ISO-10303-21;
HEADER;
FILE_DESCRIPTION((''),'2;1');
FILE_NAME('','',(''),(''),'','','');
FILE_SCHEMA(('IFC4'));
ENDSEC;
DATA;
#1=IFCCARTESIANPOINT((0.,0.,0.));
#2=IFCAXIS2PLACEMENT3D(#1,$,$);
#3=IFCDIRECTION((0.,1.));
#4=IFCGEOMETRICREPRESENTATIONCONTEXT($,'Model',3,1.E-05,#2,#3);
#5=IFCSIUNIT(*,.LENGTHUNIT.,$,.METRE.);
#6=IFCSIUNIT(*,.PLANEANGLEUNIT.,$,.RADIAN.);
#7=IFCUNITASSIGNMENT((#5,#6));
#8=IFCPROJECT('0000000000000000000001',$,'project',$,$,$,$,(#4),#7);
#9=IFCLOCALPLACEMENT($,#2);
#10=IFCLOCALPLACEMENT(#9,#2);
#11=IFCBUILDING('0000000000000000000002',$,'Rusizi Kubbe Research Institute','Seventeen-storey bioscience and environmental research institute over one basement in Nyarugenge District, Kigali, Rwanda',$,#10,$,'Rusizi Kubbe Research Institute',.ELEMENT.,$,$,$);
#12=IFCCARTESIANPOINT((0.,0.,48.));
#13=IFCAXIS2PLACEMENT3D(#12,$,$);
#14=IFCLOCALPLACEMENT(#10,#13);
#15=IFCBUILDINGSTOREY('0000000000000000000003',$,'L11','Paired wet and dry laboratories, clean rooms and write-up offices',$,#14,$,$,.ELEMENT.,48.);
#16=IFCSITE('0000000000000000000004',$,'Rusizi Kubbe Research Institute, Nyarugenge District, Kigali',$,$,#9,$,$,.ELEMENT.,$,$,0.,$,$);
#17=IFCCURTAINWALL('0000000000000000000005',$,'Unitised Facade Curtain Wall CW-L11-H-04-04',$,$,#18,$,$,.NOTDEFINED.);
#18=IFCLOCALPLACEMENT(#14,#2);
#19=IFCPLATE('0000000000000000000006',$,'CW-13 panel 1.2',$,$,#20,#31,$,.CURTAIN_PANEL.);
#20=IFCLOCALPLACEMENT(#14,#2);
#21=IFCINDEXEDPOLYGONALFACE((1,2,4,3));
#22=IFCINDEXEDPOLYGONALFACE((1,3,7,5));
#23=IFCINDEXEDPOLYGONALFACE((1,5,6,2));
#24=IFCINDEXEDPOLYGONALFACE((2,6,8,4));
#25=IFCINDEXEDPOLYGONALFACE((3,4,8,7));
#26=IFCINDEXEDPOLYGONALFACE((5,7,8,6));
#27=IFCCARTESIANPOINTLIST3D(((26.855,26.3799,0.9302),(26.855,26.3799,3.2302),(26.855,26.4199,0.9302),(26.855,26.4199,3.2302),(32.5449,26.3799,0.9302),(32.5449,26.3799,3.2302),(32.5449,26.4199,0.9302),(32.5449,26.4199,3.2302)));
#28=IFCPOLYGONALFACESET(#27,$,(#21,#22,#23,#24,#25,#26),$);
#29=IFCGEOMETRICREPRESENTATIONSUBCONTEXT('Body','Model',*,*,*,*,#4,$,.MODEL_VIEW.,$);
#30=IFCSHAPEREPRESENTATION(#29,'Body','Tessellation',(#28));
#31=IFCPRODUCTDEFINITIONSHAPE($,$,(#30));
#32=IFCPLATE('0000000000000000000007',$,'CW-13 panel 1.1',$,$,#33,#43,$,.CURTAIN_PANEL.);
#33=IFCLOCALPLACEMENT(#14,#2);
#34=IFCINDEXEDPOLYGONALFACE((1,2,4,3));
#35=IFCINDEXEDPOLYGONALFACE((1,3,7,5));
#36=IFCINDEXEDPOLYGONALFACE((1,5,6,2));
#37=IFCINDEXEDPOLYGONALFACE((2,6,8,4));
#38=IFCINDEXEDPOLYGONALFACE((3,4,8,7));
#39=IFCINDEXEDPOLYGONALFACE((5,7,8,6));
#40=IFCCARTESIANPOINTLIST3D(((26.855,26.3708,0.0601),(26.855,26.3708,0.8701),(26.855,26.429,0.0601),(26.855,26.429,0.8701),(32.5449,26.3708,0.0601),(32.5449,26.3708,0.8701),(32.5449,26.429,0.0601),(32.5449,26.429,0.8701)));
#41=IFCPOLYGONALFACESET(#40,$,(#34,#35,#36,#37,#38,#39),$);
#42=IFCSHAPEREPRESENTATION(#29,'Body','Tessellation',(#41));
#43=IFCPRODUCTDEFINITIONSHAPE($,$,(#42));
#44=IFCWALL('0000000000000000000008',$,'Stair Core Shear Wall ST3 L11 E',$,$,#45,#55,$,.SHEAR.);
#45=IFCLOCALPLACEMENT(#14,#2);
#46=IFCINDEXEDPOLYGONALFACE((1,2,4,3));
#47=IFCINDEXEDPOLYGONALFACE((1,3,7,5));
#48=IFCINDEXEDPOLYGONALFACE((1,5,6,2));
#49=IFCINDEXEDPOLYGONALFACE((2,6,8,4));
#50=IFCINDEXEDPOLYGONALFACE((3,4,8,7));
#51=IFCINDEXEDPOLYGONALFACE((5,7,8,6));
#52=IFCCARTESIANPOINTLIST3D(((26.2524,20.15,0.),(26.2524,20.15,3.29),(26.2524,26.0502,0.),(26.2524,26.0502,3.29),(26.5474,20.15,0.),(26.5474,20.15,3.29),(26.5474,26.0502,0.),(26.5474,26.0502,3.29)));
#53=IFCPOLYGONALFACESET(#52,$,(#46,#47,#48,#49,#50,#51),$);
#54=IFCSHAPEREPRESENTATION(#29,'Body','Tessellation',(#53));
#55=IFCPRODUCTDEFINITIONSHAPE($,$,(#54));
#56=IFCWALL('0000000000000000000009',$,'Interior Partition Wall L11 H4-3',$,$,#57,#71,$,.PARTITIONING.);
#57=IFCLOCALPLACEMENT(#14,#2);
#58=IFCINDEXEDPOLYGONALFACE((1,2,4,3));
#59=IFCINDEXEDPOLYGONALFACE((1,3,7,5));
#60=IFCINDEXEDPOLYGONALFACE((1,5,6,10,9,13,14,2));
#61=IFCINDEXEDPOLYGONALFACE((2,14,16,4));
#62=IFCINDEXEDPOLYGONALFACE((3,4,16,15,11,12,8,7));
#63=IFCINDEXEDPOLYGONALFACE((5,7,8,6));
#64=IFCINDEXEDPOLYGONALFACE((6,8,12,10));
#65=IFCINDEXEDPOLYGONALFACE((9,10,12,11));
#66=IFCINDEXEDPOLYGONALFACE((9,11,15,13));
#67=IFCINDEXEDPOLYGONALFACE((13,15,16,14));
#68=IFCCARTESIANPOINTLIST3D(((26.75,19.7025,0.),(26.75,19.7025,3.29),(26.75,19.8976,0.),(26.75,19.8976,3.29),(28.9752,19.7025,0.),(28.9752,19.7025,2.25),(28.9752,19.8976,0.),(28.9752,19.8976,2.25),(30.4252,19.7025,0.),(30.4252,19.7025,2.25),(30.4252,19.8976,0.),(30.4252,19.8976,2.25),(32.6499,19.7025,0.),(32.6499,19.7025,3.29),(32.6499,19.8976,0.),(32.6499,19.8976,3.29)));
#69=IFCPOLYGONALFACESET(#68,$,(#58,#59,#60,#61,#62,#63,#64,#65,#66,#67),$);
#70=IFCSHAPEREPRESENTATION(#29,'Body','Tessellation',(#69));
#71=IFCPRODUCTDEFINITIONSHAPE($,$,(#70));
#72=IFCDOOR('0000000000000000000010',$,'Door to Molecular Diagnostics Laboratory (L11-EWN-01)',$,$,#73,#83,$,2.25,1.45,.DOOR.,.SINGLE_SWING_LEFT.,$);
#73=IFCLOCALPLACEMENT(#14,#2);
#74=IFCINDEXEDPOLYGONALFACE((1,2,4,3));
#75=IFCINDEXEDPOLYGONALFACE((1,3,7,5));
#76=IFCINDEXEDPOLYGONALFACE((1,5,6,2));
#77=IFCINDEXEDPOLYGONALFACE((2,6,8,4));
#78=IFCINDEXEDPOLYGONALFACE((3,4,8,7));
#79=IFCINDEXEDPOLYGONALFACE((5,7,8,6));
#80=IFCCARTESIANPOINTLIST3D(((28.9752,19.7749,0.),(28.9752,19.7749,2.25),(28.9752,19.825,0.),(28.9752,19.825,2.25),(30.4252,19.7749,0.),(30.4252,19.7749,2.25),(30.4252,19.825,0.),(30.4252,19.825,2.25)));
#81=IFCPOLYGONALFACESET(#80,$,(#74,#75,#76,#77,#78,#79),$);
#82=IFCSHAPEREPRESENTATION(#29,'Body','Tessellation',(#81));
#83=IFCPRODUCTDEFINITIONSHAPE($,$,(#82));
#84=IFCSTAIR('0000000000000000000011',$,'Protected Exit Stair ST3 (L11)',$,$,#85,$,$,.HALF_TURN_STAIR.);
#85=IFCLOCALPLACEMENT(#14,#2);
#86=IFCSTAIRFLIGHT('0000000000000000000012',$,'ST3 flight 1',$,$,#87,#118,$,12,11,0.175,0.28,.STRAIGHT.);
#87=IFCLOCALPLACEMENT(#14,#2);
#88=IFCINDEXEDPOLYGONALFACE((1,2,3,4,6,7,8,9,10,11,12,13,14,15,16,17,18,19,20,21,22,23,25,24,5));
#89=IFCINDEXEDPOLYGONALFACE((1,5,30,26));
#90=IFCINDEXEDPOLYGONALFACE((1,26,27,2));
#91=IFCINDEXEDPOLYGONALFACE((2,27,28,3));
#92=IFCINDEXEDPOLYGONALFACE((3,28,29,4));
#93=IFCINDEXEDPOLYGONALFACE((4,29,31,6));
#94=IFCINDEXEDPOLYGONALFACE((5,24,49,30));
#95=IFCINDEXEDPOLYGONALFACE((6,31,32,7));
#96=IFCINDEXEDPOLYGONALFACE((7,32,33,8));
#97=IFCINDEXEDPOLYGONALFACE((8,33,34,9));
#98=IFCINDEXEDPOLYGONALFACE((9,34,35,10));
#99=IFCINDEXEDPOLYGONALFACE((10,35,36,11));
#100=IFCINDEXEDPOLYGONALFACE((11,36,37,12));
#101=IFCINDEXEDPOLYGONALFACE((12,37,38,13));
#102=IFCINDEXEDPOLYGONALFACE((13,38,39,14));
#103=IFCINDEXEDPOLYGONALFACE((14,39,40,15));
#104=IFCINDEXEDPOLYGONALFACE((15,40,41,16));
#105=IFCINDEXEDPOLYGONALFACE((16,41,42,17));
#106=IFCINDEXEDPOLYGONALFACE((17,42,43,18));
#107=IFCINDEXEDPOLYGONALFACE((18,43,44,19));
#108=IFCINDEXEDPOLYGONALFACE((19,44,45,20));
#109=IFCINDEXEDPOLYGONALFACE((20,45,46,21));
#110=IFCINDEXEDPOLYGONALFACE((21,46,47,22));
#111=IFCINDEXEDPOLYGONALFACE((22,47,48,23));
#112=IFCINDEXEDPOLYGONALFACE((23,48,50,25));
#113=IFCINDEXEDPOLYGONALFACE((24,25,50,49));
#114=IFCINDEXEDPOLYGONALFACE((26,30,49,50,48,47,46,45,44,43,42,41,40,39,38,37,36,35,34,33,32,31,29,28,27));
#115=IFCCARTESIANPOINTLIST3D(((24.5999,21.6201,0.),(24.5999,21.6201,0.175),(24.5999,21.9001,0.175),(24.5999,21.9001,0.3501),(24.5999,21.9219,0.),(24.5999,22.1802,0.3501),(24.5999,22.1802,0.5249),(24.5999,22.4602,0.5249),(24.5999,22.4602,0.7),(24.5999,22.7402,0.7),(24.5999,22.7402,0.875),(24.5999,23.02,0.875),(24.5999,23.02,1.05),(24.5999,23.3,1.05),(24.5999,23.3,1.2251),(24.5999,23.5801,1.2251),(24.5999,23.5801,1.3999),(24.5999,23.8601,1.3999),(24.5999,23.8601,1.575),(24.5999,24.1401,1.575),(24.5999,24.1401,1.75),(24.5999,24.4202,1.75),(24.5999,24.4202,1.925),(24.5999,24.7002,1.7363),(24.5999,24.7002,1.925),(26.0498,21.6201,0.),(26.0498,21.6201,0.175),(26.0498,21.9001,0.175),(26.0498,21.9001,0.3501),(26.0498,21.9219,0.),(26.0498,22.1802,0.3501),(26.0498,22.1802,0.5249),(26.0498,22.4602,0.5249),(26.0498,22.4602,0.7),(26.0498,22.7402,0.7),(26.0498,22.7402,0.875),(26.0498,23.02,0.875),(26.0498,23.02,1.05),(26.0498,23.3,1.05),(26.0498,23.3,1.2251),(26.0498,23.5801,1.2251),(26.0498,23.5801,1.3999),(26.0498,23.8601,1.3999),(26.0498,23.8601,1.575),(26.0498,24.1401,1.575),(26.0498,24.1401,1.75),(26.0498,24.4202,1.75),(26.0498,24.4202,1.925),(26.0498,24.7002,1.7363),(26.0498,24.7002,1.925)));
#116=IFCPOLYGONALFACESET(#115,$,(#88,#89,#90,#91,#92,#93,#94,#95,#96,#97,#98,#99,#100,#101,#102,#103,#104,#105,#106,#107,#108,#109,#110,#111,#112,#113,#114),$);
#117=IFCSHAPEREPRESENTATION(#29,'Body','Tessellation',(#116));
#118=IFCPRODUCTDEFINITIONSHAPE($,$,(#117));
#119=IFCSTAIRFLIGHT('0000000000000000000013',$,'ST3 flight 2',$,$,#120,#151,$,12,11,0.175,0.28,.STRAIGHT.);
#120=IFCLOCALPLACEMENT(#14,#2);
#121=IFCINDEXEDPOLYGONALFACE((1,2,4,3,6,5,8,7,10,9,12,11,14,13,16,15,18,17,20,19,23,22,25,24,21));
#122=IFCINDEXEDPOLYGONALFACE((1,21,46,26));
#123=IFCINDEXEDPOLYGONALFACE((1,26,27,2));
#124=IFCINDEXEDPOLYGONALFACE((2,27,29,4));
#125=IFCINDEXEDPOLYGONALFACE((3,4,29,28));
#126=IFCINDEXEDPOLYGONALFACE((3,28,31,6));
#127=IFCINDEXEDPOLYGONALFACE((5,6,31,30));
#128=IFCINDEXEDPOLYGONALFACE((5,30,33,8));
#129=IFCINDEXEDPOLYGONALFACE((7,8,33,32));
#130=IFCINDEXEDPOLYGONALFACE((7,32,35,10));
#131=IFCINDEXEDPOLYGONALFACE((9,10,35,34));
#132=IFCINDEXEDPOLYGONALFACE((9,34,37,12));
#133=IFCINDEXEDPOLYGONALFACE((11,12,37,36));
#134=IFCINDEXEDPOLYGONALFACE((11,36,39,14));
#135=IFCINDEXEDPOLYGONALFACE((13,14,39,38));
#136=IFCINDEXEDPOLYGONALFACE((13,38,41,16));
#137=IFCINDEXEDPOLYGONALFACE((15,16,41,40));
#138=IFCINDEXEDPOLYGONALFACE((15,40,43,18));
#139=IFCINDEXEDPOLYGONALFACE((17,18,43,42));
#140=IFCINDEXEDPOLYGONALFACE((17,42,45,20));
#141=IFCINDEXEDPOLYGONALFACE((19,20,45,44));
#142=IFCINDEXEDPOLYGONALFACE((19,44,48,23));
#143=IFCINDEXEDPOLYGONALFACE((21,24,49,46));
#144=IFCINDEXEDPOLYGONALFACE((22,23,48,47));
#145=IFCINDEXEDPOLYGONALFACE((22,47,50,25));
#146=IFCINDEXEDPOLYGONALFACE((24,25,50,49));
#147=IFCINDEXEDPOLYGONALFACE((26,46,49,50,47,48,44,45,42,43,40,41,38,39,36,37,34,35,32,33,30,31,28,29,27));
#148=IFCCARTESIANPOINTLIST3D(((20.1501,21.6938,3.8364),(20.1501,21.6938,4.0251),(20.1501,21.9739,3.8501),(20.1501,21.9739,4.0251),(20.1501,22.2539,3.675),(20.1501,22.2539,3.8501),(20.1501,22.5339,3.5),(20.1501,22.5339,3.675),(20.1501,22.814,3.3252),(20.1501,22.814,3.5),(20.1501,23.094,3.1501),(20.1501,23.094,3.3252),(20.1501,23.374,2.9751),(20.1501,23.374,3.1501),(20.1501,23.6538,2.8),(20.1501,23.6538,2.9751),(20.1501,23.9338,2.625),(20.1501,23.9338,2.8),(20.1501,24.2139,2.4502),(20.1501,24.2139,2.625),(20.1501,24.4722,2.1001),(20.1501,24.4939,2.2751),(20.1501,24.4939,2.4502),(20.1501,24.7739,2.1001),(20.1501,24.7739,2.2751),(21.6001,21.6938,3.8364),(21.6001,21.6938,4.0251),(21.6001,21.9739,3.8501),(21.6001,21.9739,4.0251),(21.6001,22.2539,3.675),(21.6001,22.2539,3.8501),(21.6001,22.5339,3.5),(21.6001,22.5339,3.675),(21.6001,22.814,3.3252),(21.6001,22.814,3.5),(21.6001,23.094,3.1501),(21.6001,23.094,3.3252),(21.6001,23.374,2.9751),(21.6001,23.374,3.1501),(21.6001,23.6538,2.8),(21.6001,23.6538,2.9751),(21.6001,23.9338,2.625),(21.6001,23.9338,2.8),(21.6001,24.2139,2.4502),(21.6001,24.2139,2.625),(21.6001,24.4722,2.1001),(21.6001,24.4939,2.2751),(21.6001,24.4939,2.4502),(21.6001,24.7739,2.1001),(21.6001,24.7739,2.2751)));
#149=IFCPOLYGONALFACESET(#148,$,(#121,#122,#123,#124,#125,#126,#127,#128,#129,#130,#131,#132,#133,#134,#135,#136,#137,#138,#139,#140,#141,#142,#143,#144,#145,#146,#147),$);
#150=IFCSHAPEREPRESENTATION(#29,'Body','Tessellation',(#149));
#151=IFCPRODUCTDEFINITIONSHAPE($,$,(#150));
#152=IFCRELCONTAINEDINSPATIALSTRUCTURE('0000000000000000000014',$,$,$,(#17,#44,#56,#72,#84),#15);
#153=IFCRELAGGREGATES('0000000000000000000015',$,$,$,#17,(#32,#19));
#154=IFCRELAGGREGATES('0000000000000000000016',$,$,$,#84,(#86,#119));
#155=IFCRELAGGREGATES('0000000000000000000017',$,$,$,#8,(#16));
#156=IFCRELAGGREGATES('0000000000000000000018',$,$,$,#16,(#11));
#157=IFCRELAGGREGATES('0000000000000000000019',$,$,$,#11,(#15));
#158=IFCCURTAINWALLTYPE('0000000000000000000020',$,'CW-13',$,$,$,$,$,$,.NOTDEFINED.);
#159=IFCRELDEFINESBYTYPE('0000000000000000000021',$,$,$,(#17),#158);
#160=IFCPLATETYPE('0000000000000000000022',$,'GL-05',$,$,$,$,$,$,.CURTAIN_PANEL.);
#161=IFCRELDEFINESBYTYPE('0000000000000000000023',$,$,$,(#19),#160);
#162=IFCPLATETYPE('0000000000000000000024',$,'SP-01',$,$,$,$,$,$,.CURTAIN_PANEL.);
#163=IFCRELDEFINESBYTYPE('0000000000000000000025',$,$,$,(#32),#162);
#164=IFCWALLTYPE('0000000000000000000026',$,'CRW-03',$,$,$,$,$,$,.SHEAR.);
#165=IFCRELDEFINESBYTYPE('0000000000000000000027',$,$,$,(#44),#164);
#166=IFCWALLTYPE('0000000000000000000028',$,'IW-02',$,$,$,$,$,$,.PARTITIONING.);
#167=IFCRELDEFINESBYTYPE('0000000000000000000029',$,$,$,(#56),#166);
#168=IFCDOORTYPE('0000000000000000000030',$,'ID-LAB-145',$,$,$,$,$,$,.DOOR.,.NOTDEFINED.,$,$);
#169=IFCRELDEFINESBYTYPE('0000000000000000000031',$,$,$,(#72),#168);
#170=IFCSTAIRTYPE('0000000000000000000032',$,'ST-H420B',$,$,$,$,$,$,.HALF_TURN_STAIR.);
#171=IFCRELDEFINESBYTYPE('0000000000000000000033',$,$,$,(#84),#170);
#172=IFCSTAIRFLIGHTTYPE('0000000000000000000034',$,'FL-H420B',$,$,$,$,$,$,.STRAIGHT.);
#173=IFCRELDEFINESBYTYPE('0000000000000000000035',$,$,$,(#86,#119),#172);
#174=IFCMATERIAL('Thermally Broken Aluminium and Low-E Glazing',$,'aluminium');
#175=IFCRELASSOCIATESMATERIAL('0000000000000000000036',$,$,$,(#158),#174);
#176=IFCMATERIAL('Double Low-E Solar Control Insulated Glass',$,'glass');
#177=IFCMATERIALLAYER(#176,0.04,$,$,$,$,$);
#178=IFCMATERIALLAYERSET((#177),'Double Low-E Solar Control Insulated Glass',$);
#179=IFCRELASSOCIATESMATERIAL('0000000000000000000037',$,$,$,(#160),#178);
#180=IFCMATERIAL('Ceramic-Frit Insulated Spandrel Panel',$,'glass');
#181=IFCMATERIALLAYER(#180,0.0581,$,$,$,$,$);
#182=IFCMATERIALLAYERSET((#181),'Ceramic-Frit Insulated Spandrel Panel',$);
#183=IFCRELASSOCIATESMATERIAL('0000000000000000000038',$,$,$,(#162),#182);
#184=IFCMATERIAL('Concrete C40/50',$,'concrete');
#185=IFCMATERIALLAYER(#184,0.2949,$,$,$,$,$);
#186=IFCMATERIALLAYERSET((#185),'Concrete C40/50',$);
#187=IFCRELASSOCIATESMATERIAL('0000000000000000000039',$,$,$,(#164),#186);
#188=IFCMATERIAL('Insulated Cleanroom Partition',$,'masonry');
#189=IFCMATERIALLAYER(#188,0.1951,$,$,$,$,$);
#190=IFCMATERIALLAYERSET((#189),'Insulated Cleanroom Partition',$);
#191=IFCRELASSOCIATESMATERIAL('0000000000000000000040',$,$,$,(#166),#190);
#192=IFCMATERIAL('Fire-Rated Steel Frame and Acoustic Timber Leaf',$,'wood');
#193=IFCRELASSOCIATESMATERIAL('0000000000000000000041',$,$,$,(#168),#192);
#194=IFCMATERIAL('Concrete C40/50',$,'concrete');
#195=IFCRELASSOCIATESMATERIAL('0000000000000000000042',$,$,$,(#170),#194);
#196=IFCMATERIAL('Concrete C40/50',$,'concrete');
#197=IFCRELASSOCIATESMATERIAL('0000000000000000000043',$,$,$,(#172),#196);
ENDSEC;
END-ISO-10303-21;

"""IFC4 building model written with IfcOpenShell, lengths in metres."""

from ifc_helpers import new_model, si_unit, direction, frame, frame_2d, origin, origin_2d, place, context, subcontext, project, spatial, polyline, rectangle, outline, extrude, material, layer, layer_set, type_object, element, fill, aggregate, save


model = new_model("IFC4")

# Units and contexts
model_context = context("Model", 3, precision=1e-05, world=origin(), true_north=direction((0.0, 1.0)))
body_context = subcontext(model_context, "Body", "Model", "MODEL_VIEW")
ifc_project = project(units=[si_unit("LENGTHUNIT", "METRE"), si_unit("PLANEANGLEUNIT", "RADIAN")], contexts=[model_context])

# Site, building, storey
site_placement = place(None, origin())
site = spatial("IfcSite", under=ifc_project, at=site_placement, Name="Rusizi Kubbe Research Institute, Nyarugenge District, Kigali", CompositionType="ELEMENT", RefElevation=0.0)
building_placement = place(site_placement, origin())
building = spatial("IfcBuilding", under=site, at=building_placement, Name="Rusizi Kubbe Research Institute", Description="Seventeen-storey bioscience and environmental research institute over one basement in Nyarugenge District, Kigali, Rwanda", LongName="Rusizi Kubbe Research Institute", CompositionType="ELEMENT")
storey_placement = place(building_placement, frame((0.0, 0.0, 48.0)))
storey = spatial("IfcBuildingStorey", under=building, at=storey_placement, Name="L11", Description="Paired wet and dry laboratories, clean rooms and write-up offices", CompositionType="ELEMENT", Elevation=48.0)

# Curtain wall, plates
ifc_material_1 = material(Name="Thermally Broken Aluminium and Low-E Glazing", Category="aluminium")
curtain_wall_type = type_object("IfcCurtainWallType", Name="CW-13", PredefinedType="NOTDEFINED", material=ifc_material_1)
curtain_wall_placement = place(storey_placement, origin())
curtain_wall = element("IfcCurtainWall", 1, at=curtain_wall_placement, inside=storey, type_object=curtain_wall_type, Name="Unitised Facade Curtain Wall CW-L11-H-04-04", PredefinedType="NOTDEFINED")
ifc_material_2 = material(Name="Double Low-E Solar Control Insulated Glass", Category="glass")
ifc_layer_1 = layer(ifc_material_2, 0.04)
ifc_layer_set_1 = layer_set([ifc_layer_1], Name="Double Low-E Solar Control Insulated Glass")
plate_type_1 = type_object("IfcPlateType", Name="GL-05", PredefinedType="CURTAIN_PANEL", material=ifc_layer_set_1)
plate_1_placement = place(storey_placement, frame((29.7, 26.3999, 0.9302), z_axis=(0.0, 0.0, 1.0), x_axis=(1.0, 0.0, 0.0)))
plate_1 = element("IfcPlate", 2, at=plate_1_placement, type_object=plate_type_1, Name="CW-13 panel 1.2", PredefinedType="CURTAIN_PANEL", context=body_context, shape_type="SweptSolid", body=[
    extrude(rectangle(XDim=5.6899, YDim=0.04, at=origin_2d()), origin(), (0.0, 0.0, 1.0), 2.3),
])
ifc_material_3 = material(Name="Ceramic-Frit Insulated Spandrel Panel", Category="glass")
ifc_layer_2 = layer(ifc_material_3, 0.0581)
ifc_layer_set_2 = layer_set([ifc_layer_2], Name="Ceramic-Frit Insulated Spandrel Panel")
plate_type_2 = type_object("IfcPlateType", Name="SP-01", PredefinedType="CURTAIN_PANEL", material=ifc_layer_set_2)
plate_2_placement = place(storey_placement, frame((29.7, 26.3999, 0.0601), z_axis=(0.0, 0.0, 1.0), x_axis=(1.0, 0.0, 0.0)))
plate_2 = element("IfcPlate", 3, at=plate_2_placement, type_object=plate_type_2, Name="CW-13 panel 1.1", PredefinedType="CURTAIN_PANEL", context=body_context, shape_type="SweptSolid", body=[
    extrude(rectangle(XDim=5.6899, YDim=0.0581, at=origin_2d()), origin(), (0.0, 0.0, 1.0), 0.8101),
])
aggregate(curtain_wall, [plate_2, plate_1])

# Shared definitions
ifc_material_4 = material(Name="Concrete C40/50", Category="concrete")
ifc_layer_3 = layer(ifc_material_4, 0.2949)
ifc_layer_set_3 = layer_set([ifc_layer_3], Name="Concrete C40/50")
wall_type_1 = type_object("IfcWallType", Name="CRW-03", PredefinedType="SHEAR", material=ifc_layer_set_3)

# Wall
wall_1_placement = place(storey_placement, frame((26.3999, 20.1499, 0.0), z_axis=(0.0, 0.0, 1.0), x_axis=(0.0, 1.0, 0.0)))
element("IfcWall", 4, at=wall_1_placement, inside=storey, type_object=wall_type_1, Name="Stair Core Shear Wall ST3 L11 E", PredefinedType="SHEAR", context=body_context, shape_type="SweptSolid", body=[
    extrude(rectangle(XDim=5.9001, YDim=0.2949, at=frame_2d((2.9502, 0.0))), origin(), (0.0, 0.0, 1.0), 3.29),
])

# Wall, opening, door
ifc_material_5 = material(Name="Insulated Cleanroom Partition", Category="masonry")
ifc_layer_4 = layer(ifc_material_5, 0.1951)
ifc_layer_set_4 = layer_set([ifc_layer_4], Name="Insulated Cleanroom Partition")
wall_type_2 = type_object("IfcWallType", Name="IW-02", PredefinedType="PARTITIONING", material=ifc_layer_set_4)
wall_2_placement = place(storey_placement, frame((26.75, 19.8, 0.0), z_axis=(0.0, 0.0, 1.0), x_axis=(1.0, 0.0, 0.0)))
wall_2 = element("IfcWall", 5, at=wall_2_placement, inside=storey, type_object=wall_type_2, Name="Interior Partition Wall L11 H4-3", PredefinedType="PARTITIONING", context=body_context, shape_type="SweptSolid", body=[
    extrude(rectangle(XDim=5.8999, YDim=0.1951, at=frame_2d((2.95, 0.0))), origin(), (0.0, 0.0, 1.0), 3.29),
])
opening_1_placement = place(wall_2_placement, frame((2.2251, 0.0, 0.0)))
opening_1 = element("IfcOpeningElement", 6, at=opening_1_placement, cuts=wall_2, PredefinedType="OPENING", context=body_context, shape_type="SweptSolid", body=[
    extrude(rectangle(XDim=1.45, YDim=2.25, at=frame_2d((0.7251, 1.125))), frame((0.0, 0.1074, 0.0), z_axis=(0.0, -1.0, 0.0), x_axis=(1.0, 0.0, 0.0)), (0.0, 0.0, 1.0), 0.2151),
])
ifc_material_6 = material(Name="Fire-Rated Steel Frame and Acoustic Timber Leaf", Category="wood")
door_type_1 = type_object("IfcDoorType", Name="ID-LAB-145", OperationType="NOTDEFINED", PredefinedType="DOOR", material=ifc_material_6)
door_1_placement = place(opening_1_placement, origin())
door_1 = element("IfcDoor", 7, at=door_1_placement, inside=storey, type_object=door_type_1, Name="Door to Molecular Diagnostics Laboratory (L11-EWN-01)", OperationType="SINGLE_SWING_LEFT", OverallHeight=2.25, OverallWidth=1.45, PredefinedType="DOOR", context=body_context, shape_type="SweptSolid", body=[
    extrude(rectangle(XDim=1.45, YDim=2.25, at=frame_2d((0.7251, 1.125))), frame((0.0, 0.0249, 0.0), z_axis=(0.0, -1.0, 0.0), x_axis=(1.0, 0.0, 0.0)), (0.0, 0.0, 1.0), 0.05),
])
fill(opening_1, door_1)

# Stair, stair flights
ifc_material_7 = material(Name="Concrete C40/50", Category="concrete")
stair_type = type_object("IfcStairType", Name="ST-H420B", PredefinedType="HALF_TURN_STAIR", material=ifc_material_7)
stair_placement = place(storey_placement, origin())
stair = element("IfcStair", 8, at=stair_placement, inside=storey, type_object=stair_type, Name="Protected Exit Stair ST3 (L11)", PredefinedType="HALF_TURN_STAIR")
ifc_material_8 = material(Name="Concrete C40/50", Category="concrete")
stair_flight_type = type_object("IfcStairFlightType", Name="FL-H420B", PredefinedType="STRAIGHT", material=ifc_material_8)
stair_flight_1_placement = place(storey_placement, frame((25.325, 21.6201, 0.0), z_axis=(0.0, 0.0, 1.0), x_axis=(0.0, 1.0, 0.0)))
stair_flight_1 = element("IfcStairFlight", 9, at=stair_flight_1_placement, type_object=stair_flight_type, Name="ST3 flight 1", NumberOfRisers=12, NumberOfTreads=11, PredefinedType="STRAIGHT", RiserHeight=0.175, TreadLength=0.28, context=body_context, shape_type="SweptSolid", body=[
    extrude(outline(polyline([(0.0, 0.0), (0.0, 0.175), (0.28, 0.175), (0.28, 0.3501), (0.5601, 0.3501), (0.5601, 0.5249), (0.8401, 0.5249), (0.8401, 0.7), (1.1201, 0.7), (1.1201, 0.875), (1.3999, 0.875), (1.3999, 1.05), (1.6799, 1.05), (1.6799, 1.2251), (1.96, 1.2251), (1.96, 1.3999), (2.24, 1.3999), (2.24, 1.575), (2.52, 1.575), (2.52, 1.75), (2.8, 1.75), (2.8, 1.925), (3.0801, 1.925), (3.0801, 2.1001), (3.0801, 1.7363), (0.3018, 0.0), (0.0, 0.0)])), frame((0.0, 0.7251, 0.0), z_axis=(0.0, -1.0, 0.0), x_axis=(1.0, 0.0, 0.0)), (0.0, 0.0, 1.0), 1.45),
])
stair_flight_2_placement = place(storey_placement, frame((20.875, 24.7739, 2.1001), z_axis=(0.0, 0.0, 1.0), x_axis=(0.0, -1.0, 0.0)))
stair_flight_2 = element("IfcStairFlight", 10, at=stair_flight_2_placement, type_object=stair_flight_type, Name="ST3 flight 2", NumberOfRisers=12, NumberOfTreads=11, PredefinedType="STRAIGHT", RiserHeight=0.175, TreadLength=0.28, context=body_context, shape_type="SweptSolid", body=[
    extrude(outline(polyline([(0.0, 0.0), (0.0, 0.175), (0.28, 0.175), (0.28, 0.3501), (0.5601, 0.3501), (0.5601, 0.5249), (0.8401, 0.5249), (0.8401, 0.7), (1.1201, 0.7), (1.1201, 0.875), (1.3999, 0.875), (1.3999, 1.05), (1.6799, 1.05), (1.6799, 1.2251), (1.96, 1.2251), (1.96, 1.3999), (2.24, 1.3999), (2.24, 1.575), (2.52, 1.575), (2.52, 1.75), (2.8, 1.75), (2.8, 1.925), (3.0801, 1.925), (3.0801, 2.1001), (3.0801, 1.7363), (0.3018, 0.0), (0.0, 0.0)])), frame((0.0, 0.7251, 0.0), z_axis=(0.0, -1.0, 0.0), x_axis=(1.0, 0.0, 0.0)), (0.0, 0.0, 1.0), 1.45),
])
aggregate(stair, [stair_flight_1, stair_flight_2])

save(model, "model.ifc")
